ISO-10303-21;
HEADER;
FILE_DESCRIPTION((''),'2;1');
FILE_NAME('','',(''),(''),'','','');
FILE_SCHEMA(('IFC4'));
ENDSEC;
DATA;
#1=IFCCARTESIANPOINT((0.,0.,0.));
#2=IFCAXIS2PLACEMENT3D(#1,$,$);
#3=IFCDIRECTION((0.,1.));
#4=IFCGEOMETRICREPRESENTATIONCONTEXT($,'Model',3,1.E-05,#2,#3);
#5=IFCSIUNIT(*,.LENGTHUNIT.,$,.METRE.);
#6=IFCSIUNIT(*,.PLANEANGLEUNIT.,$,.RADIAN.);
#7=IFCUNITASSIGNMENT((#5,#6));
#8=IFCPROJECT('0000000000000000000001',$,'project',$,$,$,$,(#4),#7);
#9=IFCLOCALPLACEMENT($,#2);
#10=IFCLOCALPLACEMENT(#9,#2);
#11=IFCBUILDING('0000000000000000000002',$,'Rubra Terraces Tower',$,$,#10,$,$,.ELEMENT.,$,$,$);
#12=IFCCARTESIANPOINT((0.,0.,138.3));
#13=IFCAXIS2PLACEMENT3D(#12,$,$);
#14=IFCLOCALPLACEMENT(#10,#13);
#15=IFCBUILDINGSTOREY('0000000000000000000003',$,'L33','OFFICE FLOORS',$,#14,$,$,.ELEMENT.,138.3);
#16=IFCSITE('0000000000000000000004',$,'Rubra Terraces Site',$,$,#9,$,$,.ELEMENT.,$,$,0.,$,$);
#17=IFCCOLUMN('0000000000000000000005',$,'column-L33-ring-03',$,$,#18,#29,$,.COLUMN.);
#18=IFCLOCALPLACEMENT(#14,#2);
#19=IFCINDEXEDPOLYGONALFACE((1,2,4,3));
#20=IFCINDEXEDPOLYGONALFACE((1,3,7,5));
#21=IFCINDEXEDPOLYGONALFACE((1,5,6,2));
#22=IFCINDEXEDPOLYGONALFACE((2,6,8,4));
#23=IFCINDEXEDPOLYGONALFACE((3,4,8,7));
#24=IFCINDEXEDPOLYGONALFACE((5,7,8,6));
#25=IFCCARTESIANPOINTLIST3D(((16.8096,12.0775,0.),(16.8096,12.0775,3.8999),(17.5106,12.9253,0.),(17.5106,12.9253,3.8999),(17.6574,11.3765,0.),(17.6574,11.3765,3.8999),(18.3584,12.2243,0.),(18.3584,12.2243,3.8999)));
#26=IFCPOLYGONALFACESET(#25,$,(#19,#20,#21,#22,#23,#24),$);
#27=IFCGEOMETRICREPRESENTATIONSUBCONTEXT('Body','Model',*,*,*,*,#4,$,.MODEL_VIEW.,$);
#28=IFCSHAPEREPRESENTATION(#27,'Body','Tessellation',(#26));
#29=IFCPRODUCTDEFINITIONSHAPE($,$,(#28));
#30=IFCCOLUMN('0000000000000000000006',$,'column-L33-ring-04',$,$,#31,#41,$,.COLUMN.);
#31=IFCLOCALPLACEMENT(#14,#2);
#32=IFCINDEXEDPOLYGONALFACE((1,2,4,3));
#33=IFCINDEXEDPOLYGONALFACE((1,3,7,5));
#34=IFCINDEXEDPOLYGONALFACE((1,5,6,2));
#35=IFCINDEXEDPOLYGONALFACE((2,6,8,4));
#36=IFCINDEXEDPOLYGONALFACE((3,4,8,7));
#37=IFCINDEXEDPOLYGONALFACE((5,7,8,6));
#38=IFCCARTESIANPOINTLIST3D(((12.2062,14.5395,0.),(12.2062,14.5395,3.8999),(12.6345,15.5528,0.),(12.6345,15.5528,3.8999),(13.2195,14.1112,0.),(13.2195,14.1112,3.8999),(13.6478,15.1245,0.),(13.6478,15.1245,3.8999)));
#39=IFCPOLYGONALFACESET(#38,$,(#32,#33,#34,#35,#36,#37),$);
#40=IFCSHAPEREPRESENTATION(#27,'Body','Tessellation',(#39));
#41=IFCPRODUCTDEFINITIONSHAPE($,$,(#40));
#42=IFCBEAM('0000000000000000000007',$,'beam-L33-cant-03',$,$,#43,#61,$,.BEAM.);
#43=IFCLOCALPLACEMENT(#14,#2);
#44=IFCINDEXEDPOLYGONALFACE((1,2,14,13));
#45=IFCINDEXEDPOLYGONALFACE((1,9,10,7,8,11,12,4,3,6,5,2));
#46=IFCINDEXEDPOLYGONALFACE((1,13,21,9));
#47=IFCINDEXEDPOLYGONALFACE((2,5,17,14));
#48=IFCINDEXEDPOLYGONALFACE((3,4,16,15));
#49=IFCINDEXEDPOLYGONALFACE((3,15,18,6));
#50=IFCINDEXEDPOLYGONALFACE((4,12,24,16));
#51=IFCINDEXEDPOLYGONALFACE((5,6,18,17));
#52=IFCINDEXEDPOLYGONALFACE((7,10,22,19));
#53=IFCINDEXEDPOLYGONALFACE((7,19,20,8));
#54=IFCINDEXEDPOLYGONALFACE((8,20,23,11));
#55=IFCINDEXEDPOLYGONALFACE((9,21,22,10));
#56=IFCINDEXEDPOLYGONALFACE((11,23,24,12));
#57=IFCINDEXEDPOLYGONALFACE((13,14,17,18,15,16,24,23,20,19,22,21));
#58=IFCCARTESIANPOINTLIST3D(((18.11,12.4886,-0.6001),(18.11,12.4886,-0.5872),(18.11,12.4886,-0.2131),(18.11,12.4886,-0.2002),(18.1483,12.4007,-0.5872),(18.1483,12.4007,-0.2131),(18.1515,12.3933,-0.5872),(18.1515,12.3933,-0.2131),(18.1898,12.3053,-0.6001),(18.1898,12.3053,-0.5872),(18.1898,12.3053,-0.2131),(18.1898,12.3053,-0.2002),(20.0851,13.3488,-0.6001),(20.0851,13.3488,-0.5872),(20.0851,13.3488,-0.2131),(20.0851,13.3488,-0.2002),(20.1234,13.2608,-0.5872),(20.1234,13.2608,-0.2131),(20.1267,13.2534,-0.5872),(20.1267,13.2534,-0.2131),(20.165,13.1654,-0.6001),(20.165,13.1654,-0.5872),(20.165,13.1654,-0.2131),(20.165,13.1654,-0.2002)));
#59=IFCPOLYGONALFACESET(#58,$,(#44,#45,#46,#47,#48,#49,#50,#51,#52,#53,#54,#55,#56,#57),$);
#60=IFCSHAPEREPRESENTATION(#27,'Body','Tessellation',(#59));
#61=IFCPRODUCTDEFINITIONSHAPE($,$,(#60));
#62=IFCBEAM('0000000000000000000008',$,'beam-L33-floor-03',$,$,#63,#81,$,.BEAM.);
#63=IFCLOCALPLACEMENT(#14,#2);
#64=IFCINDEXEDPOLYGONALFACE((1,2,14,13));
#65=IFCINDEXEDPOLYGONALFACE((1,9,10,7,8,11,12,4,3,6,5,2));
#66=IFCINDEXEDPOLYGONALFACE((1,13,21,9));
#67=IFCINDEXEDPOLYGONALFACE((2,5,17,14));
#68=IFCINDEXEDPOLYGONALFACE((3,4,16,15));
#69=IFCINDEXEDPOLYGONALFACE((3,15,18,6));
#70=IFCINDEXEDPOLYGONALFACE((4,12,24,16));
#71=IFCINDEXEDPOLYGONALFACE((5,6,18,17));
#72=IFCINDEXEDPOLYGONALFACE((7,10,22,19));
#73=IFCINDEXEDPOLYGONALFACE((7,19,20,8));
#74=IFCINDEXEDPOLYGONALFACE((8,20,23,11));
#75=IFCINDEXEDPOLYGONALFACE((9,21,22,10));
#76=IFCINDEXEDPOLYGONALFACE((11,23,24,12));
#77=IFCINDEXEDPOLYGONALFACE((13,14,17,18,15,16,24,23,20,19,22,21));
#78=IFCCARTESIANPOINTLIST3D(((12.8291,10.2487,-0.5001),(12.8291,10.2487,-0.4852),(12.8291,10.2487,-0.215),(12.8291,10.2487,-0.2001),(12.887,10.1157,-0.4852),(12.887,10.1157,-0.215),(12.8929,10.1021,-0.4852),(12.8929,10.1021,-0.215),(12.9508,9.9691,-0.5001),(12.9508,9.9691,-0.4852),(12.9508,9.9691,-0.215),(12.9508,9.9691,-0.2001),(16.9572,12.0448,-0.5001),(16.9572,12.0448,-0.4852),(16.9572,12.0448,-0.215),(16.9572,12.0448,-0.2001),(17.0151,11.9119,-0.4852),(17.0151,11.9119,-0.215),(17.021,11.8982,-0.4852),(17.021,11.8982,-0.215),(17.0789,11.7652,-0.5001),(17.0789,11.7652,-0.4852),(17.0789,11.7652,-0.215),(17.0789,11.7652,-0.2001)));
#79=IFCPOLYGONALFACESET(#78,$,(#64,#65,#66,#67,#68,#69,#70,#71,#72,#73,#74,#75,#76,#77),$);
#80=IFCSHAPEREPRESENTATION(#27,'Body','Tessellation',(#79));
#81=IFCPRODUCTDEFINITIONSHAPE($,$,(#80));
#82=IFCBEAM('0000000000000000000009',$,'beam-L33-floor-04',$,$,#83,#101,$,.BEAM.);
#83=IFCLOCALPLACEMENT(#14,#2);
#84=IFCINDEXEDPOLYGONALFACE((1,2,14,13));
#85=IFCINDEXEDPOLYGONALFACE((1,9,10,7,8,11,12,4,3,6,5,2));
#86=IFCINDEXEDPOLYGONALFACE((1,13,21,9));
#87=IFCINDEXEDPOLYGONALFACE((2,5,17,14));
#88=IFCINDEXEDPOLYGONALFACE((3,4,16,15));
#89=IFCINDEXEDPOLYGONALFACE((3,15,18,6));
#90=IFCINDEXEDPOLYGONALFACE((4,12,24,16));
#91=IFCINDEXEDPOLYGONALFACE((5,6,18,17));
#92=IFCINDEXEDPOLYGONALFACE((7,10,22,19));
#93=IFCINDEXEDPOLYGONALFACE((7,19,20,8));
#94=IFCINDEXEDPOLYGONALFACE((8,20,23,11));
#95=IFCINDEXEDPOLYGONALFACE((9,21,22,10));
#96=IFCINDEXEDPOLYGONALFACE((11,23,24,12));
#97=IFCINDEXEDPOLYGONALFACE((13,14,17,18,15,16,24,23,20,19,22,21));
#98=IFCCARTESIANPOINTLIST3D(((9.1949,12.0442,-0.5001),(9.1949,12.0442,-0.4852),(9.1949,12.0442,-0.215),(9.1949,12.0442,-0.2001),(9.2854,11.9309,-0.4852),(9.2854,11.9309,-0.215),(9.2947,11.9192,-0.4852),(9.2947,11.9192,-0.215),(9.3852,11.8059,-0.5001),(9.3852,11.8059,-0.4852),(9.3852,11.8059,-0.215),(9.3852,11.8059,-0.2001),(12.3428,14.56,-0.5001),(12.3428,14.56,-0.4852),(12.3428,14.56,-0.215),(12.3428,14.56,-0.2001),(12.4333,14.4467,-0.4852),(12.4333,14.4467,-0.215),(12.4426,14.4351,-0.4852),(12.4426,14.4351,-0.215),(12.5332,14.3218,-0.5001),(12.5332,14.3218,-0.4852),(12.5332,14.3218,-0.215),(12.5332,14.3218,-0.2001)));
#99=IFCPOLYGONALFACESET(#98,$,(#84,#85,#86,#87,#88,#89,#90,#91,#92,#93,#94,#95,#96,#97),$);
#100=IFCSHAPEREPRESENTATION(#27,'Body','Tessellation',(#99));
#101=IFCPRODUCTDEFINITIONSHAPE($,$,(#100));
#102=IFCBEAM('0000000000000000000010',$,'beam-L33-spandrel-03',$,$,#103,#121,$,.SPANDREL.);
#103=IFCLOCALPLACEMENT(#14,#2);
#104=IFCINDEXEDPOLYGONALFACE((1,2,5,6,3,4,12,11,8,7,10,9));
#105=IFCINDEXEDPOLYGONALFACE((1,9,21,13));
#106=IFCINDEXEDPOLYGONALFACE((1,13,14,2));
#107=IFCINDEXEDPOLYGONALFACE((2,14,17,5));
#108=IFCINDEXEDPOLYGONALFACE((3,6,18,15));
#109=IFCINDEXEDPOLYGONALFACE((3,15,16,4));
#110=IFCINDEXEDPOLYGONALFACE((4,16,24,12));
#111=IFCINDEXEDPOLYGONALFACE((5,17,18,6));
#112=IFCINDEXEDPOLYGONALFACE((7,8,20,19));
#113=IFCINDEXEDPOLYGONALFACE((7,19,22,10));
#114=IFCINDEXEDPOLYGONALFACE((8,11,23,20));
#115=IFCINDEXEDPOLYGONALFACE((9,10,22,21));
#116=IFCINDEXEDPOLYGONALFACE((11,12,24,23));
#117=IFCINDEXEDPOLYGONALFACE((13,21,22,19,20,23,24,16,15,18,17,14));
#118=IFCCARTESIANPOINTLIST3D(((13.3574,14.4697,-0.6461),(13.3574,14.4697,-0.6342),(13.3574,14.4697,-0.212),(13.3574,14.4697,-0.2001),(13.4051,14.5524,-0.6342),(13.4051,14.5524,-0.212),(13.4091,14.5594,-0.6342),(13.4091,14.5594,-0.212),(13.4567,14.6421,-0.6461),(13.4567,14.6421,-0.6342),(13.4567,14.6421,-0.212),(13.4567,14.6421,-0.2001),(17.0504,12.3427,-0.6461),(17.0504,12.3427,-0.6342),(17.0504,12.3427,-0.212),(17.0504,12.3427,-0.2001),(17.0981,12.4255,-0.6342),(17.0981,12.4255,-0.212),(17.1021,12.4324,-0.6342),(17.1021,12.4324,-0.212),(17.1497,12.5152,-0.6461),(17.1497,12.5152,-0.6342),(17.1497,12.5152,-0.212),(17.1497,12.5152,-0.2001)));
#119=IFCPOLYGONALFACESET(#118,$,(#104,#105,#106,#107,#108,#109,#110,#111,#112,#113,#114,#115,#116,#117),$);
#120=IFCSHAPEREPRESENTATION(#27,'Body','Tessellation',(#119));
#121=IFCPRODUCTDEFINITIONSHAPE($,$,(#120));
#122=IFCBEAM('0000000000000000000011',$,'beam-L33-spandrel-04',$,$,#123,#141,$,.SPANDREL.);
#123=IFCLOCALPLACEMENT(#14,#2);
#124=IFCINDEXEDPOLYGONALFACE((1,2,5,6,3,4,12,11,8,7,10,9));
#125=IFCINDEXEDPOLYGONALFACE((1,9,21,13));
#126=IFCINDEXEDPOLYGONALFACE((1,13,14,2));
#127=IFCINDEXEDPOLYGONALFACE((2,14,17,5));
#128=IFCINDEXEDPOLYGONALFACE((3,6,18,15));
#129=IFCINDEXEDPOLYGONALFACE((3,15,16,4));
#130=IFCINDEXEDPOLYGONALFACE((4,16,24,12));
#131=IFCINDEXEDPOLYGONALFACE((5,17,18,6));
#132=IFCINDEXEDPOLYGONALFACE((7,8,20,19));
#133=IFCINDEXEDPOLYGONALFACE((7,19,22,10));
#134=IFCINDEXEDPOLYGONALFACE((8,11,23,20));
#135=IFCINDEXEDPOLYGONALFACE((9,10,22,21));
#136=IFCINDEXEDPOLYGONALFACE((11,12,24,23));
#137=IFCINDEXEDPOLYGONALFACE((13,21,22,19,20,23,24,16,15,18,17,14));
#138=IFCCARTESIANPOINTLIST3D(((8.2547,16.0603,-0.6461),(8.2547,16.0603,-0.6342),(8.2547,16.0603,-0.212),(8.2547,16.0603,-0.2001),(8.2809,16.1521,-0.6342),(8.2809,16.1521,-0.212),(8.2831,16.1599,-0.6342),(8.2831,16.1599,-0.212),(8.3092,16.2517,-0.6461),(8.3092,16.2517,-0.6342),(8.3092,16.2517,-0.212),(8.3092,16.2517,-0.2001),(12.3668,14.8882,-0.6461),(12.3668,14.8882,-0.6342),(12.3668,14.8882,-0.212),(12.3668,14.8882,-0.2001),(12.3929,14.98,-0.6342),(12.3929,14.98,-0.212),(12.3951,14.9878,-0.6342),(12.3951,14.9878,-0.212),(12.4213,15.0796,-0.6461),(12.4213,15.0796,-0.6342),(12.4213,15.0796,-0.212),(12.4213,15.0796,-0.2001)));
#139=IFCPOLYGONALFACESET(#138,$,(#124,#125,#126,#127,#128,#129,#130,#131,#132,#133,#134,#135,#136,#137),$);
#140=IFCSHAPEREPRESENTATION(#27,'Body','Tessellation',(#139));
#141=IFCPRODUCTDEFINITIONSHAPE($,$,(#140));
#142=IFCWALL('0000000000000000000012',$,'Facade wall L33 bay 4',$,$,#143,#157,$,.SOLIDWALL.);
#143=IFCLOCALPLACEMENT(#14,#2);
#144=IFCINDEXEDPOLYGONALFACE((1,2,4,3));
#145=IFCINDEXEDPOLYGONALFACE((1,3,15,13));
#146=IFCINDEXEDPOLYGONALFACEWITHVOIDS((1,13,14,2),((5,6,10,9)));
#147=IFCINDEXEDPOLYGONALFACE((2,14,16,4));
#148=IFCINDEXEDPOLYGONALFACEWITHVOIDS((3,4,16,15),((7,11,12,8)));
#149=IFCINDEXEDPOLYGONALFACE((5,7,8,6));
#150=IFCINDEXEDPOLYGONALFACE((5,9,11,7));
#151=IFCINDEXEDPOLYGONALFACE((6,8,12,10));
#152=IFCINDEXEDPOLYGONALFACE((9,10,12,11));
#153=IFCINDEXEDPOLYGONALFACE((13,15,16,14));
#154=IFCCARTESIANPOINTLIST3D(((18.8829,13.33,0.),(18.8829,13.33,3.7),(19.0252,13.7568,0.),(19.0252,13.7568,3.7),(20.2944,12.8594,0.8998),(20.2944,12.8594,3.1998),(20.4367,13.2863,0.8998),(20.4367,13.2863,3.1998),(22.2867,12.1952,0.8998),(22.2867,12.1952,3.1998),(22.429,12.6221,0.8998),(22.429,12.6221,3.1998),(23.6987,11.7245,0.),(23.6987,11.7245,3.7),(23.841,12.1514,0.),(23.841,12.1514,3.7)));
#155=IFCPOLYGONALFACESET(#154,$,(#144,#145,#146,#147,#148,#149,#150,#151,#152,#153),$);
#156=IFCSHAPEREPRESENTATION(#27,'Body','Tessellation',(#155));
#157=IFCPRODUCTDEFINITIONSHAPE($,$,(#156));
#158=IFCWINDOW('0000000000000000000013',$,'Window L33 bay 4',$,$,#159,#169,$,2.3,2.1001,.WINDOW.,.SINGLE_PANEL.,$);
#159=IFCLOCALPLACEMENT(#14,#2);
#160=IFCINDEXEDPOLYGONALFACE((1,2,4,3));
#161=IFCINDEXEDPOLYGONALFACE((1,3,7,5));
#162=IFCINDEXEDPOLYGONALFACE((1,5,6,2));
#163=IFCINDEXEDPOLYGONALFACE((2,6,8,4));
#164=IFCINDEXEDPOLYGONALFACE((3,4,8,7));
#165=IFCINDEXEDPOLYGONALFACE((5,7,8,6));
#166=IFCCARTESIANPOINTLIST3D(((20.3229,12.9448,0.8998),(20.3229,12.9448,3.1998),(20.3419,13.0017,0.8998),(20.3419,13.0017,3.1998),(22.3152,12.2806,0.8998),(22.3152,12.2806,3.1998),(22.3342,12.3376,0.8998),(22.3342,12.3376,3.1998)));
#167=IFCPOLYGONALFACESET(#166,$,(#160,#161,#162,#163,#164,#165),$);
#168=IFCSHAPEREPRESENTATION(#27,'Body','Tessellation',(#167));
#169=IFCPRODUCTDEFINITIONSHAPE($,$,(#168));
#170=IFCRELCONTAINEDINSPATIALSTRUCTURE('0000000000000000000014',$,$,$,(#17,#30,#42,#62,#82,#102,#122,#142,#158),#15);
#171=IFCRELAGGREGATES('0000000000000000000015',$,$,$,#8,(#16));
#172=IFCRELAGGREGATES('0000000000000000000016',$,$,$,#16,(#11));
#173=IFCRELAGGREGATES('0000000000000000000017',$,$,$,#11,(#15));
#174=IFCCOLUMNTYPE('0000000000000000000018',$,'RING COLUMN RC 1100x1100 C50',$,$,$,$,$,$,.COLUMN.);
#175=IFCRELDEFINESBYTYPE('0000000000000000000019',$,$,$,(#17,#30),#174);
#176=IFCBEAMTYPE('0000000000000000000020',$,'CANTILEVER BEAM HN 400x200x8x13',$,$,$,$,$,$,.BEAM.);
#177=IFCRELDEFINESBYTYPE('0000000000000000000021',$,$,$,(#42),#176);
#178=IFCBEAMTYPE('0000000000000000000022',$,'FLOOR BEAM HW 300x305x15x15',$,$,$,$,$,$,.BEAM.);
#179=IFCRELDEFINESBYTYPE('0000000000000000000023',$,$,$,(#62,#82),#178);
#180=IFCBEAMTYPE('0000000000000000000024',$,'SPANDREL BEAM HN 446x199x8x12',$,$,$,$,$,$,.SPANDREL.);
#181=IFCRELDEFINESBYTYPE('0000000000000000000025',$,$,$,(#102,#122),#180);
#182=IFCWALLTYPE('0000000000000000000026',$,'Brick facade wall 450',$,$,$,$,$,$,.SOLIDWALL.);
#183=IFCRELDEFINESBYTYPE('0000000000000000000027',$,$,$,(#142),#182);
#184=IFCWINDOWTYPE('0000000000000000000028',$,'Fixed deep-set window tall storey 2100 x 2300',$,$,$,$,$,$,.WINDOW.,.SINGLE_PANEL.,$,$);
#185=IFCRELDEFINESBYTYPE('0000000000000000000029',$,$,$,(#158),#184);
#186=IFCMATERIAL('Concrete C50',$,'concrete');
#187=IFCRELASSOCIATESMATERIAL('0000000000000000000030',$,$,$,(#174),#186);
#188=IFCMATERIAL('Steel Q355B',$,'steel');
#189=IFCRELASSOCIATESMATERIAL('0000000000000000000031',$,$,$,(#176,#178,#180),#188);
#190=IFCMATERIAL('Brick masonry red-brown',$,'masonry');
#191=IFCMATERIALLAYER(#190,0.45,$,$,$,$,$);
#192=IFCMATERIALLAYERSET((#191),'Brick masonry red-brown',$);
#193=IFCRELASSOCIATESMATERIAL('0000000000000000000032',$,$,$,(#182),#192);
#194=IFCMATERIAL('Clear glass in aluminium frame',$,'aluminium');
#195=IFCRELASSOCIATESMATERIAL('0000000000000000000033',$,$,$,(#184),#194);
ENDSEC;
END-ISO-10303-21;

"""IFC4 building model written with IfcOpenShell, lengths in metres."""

from ifc_helpers import new_model, si_unit, direction, frame, frame_2d, origin, origin_2d, place, context, subcontext, project, spatial, rectangle, i_section, extrude, material, layer, layer_set, material_profile, profile_set, type_object, element, fill, save


model = new_model("IFC4")

# Units and contexts
model_context = context("Model", 3, precision=1e-05, world=origin(), true_north=direction((0.0, 1.0)))
body_context = subcontext(model_context, "Body", "Model", "MODEL_VIEW")
ifc_project = project(units=[si_unit("LENGTHUNIT", "METRE"), si_unit("PLANEANGLEUNIT", "RADIAN")], contexts=[model_context])

# Site, building, storey
site_placement = place(None, origin())
site = spatial("IfcSite", under=ifc_project, at=site_placement, Name="Rubra Terraces Site", CompositionType="ELEMENT", RefElevation=0.0)
building_placement = place(site_placement, origin())
building = spatial("IfcBuilding", under=site, at=building_placement, Name="Rubra Terraces Tower", CompositionType="ELEMENT")
storey_placement = place(building_placement, frame((0.0, 0.0, 138.3)))
storey = spatial("IfcBuildingStorey", under=building, at=storey_placement, Name="L33", Description="OFFICE FLOORS", CompositionType="ELEMENT", Elevation=138.3)

# Columns
ifc_material_1 = material(Name="Concrete C50", Category="concrete")
ifc_material_profile_1 = material_profile(ifc_material_1, rectangle(XDim=1.1001, YDim=1.1001, at=origin_2d()), Name="RC 1100x1100")
ifc_profile_set_1 = profile_set([ifc_material_profile_1], Name="Concrete C50")
column_type = type_object("IfcColumnType", Name="RING COLUMN RC 1100x1100 C50", PredefinedType="COLUMN", material=ifc_profile_set_1)
for number, where, z_axis, x_axis, name in (
    (1, (17.584, 12.1509, 0.0), (0.0, 0.0, 1.0), (-0.770679, 0.637223, 0.0), "column-L33-ring-03"),
    (2, (12.927, 14.832, 0.0), (0.0, 0.0, 1.0), (-0.921106, 0.389313, 0.0), "column-L33-ring-04"),
):
    element("IfcColumn", number, at=place(storey_placement, frame(where, z_axis=z_axis, x_axis=x_axis)), inside=storey, type_object=column_type, Name=name, PredefinedType="COLUMN", context=body_context, shape_type="SweptSolid", body=[
        extrude(rectangle(XDim=1.1001, YDim=1.1001, at=origin_2d()), origin(), (0.0, 0.0, 1.0), 3.8999),
    ])

# Beams
ifc_material_2 = material(Name="Steel Q355B", Category="steel")
ifc_material_profile_2 = material_profile(ifc_material_2, i_section(OverallWidth=0.2, OverallDepth=0.3999, WebThickness=0.0081, FlangeThickness=0.0129, at=origin_2d()), Name="HN 400x200x8x13")
ifc_profile_set_2 = profile_set([ifc_material_profile_2], Name="Steel Q355B")
beam_type_1 = type_object("IfcBeamType", Name="CANTILEVER BEAM HN 400x200x8x13", PredefinedType="BEAM", material=ifc_profile_set_2)
beam_1_placement = place(storey_placement, frame((18.1499, 12.397, -0.4001), z_axis=(0.916837, 0.399261, 0.0), x_axis=(-0.399261, 0.916837, 0.0)))
element("IfcBeam", 3, at=beam_1_placement, inside=storey, type_object=beam_type_1, Name="beam-L33-cant-03", PredefinedType="BEAM", context=body_context, shape_type="SweptSolid", body=[
    extrude(i_section(OverallWidth=0.2, OverallDepth=0.3999, WebThickness=0.0081, FlangeThickness=0.0129, at=origin_2d()), origin(), (0.0, 0.0, 1.0), 2.1543),
])
ifc_material_profile_3 = material_profile(ifc_material_2, i_section(OverallWidth=0.3049, OverallDepth=0.3, WebThickness=0.0149, FlangeThickness=0.0149, at=origin_2d()), Name="HW 300x305x15x15")
ifc_profile_set_3 = profile_set([ifc_material_profile_3], Name="Steel Q355B")
beam_type_2 = type_object("IfcBeamType", Name="FLOOR BEAM HW 300x305x15x15", PredefinedType="BEAM", material=ifc_profile_set_3)
beam_2_placement = place(storey_placement, frame((17.0181, 11.905, -0.3501), z_axis=(-0.916966, -0.398966, 0.0), x_axis=(0.398966, -0.916966, 0.0)))
element("IfcBeam", 4, at=beam_2_placement, inside=storey, type_object=beam_type_2, Name="beam-L33-floor-03", PredefinedType="BEAM", context=body_context, shape_type="SweptSolid", body=[
    extrude(i_section(OverallWidth=0.3049, OverallDepth=0.3, WebThickness=0.0149, FlangeThickness=0.0149, at=origin_2d()), origin(), (0.0, 0.0, 1.0), 4.502),
])
beam_3_placement = place(storey_placement, frame((12.438, 14.4409, -0.3501), z_axis=(-0.78117, -0.624318, 0.0), x_axis=(0.624318, -0.78117, 0.0)))
element("IfcBeam", 5, at=beam_3_placement, inside=storey, type_object=beam_type_2, Name="beam-L33-floor-04", PredefinedType="BEAM", context=body_context, shape_type="SweptSolid", body=[
    extrude(i_section(OverallWidth=0.3049, OverallDepth=0.3, WebThickness=0.0149, FlangeThickness=0.0149, at=origin_2d()), origin(), (0.0, 0.0, 1.0), 4.0298),
])
ifc_material_profile_4 = material_profile(ifc_material_2, i_section(OverallWidth=0.199, OverallDepth=0.446, WebThickness=0.0081, FlangeThickness=0.012, at=origin_2d()), Name="HN 446x199x8x12")
ifc_profile_set_4 = profile_set([ifc_material_profile_4], Name="Steel Q355B")
beam_type_3 = type_object("IfcBeamType", Name="SPANDREL BEAM HN 446x199x8x12", PredefinedType="SPANDREL", material=ifc_profile_set_4)
beam_4_placement = place(storey_placement, frame((17.1001, 12.429, -0.4231), z_axis=(-0.86656, 0.499073, 0.0), x_axis=(-0.499073, -0.86656, 0.0)))
element("IfcBeam", 6, at=beam_4_placement, inside=storey, type_object=beam_type_3, Name="beam-L33-spandrel-03", PredefinedType="SPANDREL", context=body_context, shape_type="SweptSolid", body=[
    extrude(i_section(OverallWidth=0.199, OverallDepth=0.446, WebThickness=0.0081, FlangeThickness=0.012, at=origin_2d()), origin(), (0.0, 0.0, 1.0), 4.2617),
])
beam_5_placement = place(storey_placement, frame((12.394, 14.9839, -0.4231), z_axis=(-0.961694, 0.274125, 0.0), x_axis=(-0.274125, -0.961694, 0.0)))
element("IfcBeam", 7, at=beam_5_placement, inside=storey, type_object=beam_type_3, Name="beam-L33-spandrel-04", PredefinedType="SPANDREL", context=body_context, shape_type="SweptSolid", body=[
    extrude(i_section(OverallWidth=0.199, OverallDepth=0.446, WebThickness=0.0081, FlangeThickness=0.012, at=origin_2d()), origin(), (0.0, 0.0, 1.0), 4.2759),
])

# Wall, opening, window
ifc_material_3 = material(Name="Brick masonry red-brown", Category="masonry")
ifc_layer_1 = layer(ifc_material_3, 0.45)
ifc_layer_set_1 = layer_set([ifc_layer_1], Name="Brick masonry red-brown")
wall_type_1 = type_object("IfcWallType", Name="Brick facade wall 450", PredefinedType="SOLIDWALL", material=ifc_layer_set_1)
wall_1_placement = place(storey_placement, frame((23.7698, 11.938, 0.0), z_axis=(0.0, 0.0, 1.0), x_axis=(-0.948674, 0.316257, 0.0)))
wall_1 = element("IfcWall", 8, at=wall_1_placement, inside=storey, type_object=wall_type_1, Name="Facade wall L33 bay 4", PredefinedType="SOLIDWALL", context=body_context, shape_type="SweptSolid", body=[
    extrude(rectangle(XDim=5.0764, YDim=0.45, at=frame_2d((2.5381, 0.0))), origin(), (0.0, 0.0, 1.0), 3.7),
])
opening_1_placement = place(wall_1_placement, frame((1.4883, 0.0, 0.8999)))
opening_1 = element("IfcOpeningElement", 9, at=opening_1_placement, cuts=wall_1, PredefinedType="OPENING", context=body_context, shape_type="SweptSolid", body=[
    extrude(rectangle(XDim=2.1001, YDim=2.3, at=frame_2d((1.05, 1.1499))), frame((0.0, 0.2349, 0.0), z_axis=(0.0, -1.0, 0.0), x_axis=(1.0, 0.0, 0.0)), (0.0, 0.0, 1.0), 0.47),
])
ifc_material_4 = material(Name="Clear glass in aluminium frame", Category="aluminium")
window_type = type_object("IfcWindowType", Name="Fixed deep-set window tall storey 2100 x 2300", PartitioningType="SINGLE_PANEL", PredefinedType="WINDOW", material=ifc_material_4)
window_1_placement = place(opening_1_placement, origin())
window_1 = element("IfcWindow", 10, at=window_1_placement, inside=storey, type_object=window_type, Name="Window L33 bay 4", OverallHeight=2.3, OverallWidth=2.1001, PartitioningType="SINGLE_PANEL", PredefinedType="WINDOW", context=body_context, shape_type="SweptSolid", body=[
    extrude(rectangle(XDim=2.1001, YDim=2.3, at=frame_2d((1.05, 1.1499))), frame((0.0, 0.135, 0.0), z_axis=(0.0, -1.0, 0.0), x_axis=(1.0, 0.0, 0.0)), (0.0, 0.0, 1.0), 0.0601),
])
fill(opening_1, window_1)

save(model, "model.ifc")
